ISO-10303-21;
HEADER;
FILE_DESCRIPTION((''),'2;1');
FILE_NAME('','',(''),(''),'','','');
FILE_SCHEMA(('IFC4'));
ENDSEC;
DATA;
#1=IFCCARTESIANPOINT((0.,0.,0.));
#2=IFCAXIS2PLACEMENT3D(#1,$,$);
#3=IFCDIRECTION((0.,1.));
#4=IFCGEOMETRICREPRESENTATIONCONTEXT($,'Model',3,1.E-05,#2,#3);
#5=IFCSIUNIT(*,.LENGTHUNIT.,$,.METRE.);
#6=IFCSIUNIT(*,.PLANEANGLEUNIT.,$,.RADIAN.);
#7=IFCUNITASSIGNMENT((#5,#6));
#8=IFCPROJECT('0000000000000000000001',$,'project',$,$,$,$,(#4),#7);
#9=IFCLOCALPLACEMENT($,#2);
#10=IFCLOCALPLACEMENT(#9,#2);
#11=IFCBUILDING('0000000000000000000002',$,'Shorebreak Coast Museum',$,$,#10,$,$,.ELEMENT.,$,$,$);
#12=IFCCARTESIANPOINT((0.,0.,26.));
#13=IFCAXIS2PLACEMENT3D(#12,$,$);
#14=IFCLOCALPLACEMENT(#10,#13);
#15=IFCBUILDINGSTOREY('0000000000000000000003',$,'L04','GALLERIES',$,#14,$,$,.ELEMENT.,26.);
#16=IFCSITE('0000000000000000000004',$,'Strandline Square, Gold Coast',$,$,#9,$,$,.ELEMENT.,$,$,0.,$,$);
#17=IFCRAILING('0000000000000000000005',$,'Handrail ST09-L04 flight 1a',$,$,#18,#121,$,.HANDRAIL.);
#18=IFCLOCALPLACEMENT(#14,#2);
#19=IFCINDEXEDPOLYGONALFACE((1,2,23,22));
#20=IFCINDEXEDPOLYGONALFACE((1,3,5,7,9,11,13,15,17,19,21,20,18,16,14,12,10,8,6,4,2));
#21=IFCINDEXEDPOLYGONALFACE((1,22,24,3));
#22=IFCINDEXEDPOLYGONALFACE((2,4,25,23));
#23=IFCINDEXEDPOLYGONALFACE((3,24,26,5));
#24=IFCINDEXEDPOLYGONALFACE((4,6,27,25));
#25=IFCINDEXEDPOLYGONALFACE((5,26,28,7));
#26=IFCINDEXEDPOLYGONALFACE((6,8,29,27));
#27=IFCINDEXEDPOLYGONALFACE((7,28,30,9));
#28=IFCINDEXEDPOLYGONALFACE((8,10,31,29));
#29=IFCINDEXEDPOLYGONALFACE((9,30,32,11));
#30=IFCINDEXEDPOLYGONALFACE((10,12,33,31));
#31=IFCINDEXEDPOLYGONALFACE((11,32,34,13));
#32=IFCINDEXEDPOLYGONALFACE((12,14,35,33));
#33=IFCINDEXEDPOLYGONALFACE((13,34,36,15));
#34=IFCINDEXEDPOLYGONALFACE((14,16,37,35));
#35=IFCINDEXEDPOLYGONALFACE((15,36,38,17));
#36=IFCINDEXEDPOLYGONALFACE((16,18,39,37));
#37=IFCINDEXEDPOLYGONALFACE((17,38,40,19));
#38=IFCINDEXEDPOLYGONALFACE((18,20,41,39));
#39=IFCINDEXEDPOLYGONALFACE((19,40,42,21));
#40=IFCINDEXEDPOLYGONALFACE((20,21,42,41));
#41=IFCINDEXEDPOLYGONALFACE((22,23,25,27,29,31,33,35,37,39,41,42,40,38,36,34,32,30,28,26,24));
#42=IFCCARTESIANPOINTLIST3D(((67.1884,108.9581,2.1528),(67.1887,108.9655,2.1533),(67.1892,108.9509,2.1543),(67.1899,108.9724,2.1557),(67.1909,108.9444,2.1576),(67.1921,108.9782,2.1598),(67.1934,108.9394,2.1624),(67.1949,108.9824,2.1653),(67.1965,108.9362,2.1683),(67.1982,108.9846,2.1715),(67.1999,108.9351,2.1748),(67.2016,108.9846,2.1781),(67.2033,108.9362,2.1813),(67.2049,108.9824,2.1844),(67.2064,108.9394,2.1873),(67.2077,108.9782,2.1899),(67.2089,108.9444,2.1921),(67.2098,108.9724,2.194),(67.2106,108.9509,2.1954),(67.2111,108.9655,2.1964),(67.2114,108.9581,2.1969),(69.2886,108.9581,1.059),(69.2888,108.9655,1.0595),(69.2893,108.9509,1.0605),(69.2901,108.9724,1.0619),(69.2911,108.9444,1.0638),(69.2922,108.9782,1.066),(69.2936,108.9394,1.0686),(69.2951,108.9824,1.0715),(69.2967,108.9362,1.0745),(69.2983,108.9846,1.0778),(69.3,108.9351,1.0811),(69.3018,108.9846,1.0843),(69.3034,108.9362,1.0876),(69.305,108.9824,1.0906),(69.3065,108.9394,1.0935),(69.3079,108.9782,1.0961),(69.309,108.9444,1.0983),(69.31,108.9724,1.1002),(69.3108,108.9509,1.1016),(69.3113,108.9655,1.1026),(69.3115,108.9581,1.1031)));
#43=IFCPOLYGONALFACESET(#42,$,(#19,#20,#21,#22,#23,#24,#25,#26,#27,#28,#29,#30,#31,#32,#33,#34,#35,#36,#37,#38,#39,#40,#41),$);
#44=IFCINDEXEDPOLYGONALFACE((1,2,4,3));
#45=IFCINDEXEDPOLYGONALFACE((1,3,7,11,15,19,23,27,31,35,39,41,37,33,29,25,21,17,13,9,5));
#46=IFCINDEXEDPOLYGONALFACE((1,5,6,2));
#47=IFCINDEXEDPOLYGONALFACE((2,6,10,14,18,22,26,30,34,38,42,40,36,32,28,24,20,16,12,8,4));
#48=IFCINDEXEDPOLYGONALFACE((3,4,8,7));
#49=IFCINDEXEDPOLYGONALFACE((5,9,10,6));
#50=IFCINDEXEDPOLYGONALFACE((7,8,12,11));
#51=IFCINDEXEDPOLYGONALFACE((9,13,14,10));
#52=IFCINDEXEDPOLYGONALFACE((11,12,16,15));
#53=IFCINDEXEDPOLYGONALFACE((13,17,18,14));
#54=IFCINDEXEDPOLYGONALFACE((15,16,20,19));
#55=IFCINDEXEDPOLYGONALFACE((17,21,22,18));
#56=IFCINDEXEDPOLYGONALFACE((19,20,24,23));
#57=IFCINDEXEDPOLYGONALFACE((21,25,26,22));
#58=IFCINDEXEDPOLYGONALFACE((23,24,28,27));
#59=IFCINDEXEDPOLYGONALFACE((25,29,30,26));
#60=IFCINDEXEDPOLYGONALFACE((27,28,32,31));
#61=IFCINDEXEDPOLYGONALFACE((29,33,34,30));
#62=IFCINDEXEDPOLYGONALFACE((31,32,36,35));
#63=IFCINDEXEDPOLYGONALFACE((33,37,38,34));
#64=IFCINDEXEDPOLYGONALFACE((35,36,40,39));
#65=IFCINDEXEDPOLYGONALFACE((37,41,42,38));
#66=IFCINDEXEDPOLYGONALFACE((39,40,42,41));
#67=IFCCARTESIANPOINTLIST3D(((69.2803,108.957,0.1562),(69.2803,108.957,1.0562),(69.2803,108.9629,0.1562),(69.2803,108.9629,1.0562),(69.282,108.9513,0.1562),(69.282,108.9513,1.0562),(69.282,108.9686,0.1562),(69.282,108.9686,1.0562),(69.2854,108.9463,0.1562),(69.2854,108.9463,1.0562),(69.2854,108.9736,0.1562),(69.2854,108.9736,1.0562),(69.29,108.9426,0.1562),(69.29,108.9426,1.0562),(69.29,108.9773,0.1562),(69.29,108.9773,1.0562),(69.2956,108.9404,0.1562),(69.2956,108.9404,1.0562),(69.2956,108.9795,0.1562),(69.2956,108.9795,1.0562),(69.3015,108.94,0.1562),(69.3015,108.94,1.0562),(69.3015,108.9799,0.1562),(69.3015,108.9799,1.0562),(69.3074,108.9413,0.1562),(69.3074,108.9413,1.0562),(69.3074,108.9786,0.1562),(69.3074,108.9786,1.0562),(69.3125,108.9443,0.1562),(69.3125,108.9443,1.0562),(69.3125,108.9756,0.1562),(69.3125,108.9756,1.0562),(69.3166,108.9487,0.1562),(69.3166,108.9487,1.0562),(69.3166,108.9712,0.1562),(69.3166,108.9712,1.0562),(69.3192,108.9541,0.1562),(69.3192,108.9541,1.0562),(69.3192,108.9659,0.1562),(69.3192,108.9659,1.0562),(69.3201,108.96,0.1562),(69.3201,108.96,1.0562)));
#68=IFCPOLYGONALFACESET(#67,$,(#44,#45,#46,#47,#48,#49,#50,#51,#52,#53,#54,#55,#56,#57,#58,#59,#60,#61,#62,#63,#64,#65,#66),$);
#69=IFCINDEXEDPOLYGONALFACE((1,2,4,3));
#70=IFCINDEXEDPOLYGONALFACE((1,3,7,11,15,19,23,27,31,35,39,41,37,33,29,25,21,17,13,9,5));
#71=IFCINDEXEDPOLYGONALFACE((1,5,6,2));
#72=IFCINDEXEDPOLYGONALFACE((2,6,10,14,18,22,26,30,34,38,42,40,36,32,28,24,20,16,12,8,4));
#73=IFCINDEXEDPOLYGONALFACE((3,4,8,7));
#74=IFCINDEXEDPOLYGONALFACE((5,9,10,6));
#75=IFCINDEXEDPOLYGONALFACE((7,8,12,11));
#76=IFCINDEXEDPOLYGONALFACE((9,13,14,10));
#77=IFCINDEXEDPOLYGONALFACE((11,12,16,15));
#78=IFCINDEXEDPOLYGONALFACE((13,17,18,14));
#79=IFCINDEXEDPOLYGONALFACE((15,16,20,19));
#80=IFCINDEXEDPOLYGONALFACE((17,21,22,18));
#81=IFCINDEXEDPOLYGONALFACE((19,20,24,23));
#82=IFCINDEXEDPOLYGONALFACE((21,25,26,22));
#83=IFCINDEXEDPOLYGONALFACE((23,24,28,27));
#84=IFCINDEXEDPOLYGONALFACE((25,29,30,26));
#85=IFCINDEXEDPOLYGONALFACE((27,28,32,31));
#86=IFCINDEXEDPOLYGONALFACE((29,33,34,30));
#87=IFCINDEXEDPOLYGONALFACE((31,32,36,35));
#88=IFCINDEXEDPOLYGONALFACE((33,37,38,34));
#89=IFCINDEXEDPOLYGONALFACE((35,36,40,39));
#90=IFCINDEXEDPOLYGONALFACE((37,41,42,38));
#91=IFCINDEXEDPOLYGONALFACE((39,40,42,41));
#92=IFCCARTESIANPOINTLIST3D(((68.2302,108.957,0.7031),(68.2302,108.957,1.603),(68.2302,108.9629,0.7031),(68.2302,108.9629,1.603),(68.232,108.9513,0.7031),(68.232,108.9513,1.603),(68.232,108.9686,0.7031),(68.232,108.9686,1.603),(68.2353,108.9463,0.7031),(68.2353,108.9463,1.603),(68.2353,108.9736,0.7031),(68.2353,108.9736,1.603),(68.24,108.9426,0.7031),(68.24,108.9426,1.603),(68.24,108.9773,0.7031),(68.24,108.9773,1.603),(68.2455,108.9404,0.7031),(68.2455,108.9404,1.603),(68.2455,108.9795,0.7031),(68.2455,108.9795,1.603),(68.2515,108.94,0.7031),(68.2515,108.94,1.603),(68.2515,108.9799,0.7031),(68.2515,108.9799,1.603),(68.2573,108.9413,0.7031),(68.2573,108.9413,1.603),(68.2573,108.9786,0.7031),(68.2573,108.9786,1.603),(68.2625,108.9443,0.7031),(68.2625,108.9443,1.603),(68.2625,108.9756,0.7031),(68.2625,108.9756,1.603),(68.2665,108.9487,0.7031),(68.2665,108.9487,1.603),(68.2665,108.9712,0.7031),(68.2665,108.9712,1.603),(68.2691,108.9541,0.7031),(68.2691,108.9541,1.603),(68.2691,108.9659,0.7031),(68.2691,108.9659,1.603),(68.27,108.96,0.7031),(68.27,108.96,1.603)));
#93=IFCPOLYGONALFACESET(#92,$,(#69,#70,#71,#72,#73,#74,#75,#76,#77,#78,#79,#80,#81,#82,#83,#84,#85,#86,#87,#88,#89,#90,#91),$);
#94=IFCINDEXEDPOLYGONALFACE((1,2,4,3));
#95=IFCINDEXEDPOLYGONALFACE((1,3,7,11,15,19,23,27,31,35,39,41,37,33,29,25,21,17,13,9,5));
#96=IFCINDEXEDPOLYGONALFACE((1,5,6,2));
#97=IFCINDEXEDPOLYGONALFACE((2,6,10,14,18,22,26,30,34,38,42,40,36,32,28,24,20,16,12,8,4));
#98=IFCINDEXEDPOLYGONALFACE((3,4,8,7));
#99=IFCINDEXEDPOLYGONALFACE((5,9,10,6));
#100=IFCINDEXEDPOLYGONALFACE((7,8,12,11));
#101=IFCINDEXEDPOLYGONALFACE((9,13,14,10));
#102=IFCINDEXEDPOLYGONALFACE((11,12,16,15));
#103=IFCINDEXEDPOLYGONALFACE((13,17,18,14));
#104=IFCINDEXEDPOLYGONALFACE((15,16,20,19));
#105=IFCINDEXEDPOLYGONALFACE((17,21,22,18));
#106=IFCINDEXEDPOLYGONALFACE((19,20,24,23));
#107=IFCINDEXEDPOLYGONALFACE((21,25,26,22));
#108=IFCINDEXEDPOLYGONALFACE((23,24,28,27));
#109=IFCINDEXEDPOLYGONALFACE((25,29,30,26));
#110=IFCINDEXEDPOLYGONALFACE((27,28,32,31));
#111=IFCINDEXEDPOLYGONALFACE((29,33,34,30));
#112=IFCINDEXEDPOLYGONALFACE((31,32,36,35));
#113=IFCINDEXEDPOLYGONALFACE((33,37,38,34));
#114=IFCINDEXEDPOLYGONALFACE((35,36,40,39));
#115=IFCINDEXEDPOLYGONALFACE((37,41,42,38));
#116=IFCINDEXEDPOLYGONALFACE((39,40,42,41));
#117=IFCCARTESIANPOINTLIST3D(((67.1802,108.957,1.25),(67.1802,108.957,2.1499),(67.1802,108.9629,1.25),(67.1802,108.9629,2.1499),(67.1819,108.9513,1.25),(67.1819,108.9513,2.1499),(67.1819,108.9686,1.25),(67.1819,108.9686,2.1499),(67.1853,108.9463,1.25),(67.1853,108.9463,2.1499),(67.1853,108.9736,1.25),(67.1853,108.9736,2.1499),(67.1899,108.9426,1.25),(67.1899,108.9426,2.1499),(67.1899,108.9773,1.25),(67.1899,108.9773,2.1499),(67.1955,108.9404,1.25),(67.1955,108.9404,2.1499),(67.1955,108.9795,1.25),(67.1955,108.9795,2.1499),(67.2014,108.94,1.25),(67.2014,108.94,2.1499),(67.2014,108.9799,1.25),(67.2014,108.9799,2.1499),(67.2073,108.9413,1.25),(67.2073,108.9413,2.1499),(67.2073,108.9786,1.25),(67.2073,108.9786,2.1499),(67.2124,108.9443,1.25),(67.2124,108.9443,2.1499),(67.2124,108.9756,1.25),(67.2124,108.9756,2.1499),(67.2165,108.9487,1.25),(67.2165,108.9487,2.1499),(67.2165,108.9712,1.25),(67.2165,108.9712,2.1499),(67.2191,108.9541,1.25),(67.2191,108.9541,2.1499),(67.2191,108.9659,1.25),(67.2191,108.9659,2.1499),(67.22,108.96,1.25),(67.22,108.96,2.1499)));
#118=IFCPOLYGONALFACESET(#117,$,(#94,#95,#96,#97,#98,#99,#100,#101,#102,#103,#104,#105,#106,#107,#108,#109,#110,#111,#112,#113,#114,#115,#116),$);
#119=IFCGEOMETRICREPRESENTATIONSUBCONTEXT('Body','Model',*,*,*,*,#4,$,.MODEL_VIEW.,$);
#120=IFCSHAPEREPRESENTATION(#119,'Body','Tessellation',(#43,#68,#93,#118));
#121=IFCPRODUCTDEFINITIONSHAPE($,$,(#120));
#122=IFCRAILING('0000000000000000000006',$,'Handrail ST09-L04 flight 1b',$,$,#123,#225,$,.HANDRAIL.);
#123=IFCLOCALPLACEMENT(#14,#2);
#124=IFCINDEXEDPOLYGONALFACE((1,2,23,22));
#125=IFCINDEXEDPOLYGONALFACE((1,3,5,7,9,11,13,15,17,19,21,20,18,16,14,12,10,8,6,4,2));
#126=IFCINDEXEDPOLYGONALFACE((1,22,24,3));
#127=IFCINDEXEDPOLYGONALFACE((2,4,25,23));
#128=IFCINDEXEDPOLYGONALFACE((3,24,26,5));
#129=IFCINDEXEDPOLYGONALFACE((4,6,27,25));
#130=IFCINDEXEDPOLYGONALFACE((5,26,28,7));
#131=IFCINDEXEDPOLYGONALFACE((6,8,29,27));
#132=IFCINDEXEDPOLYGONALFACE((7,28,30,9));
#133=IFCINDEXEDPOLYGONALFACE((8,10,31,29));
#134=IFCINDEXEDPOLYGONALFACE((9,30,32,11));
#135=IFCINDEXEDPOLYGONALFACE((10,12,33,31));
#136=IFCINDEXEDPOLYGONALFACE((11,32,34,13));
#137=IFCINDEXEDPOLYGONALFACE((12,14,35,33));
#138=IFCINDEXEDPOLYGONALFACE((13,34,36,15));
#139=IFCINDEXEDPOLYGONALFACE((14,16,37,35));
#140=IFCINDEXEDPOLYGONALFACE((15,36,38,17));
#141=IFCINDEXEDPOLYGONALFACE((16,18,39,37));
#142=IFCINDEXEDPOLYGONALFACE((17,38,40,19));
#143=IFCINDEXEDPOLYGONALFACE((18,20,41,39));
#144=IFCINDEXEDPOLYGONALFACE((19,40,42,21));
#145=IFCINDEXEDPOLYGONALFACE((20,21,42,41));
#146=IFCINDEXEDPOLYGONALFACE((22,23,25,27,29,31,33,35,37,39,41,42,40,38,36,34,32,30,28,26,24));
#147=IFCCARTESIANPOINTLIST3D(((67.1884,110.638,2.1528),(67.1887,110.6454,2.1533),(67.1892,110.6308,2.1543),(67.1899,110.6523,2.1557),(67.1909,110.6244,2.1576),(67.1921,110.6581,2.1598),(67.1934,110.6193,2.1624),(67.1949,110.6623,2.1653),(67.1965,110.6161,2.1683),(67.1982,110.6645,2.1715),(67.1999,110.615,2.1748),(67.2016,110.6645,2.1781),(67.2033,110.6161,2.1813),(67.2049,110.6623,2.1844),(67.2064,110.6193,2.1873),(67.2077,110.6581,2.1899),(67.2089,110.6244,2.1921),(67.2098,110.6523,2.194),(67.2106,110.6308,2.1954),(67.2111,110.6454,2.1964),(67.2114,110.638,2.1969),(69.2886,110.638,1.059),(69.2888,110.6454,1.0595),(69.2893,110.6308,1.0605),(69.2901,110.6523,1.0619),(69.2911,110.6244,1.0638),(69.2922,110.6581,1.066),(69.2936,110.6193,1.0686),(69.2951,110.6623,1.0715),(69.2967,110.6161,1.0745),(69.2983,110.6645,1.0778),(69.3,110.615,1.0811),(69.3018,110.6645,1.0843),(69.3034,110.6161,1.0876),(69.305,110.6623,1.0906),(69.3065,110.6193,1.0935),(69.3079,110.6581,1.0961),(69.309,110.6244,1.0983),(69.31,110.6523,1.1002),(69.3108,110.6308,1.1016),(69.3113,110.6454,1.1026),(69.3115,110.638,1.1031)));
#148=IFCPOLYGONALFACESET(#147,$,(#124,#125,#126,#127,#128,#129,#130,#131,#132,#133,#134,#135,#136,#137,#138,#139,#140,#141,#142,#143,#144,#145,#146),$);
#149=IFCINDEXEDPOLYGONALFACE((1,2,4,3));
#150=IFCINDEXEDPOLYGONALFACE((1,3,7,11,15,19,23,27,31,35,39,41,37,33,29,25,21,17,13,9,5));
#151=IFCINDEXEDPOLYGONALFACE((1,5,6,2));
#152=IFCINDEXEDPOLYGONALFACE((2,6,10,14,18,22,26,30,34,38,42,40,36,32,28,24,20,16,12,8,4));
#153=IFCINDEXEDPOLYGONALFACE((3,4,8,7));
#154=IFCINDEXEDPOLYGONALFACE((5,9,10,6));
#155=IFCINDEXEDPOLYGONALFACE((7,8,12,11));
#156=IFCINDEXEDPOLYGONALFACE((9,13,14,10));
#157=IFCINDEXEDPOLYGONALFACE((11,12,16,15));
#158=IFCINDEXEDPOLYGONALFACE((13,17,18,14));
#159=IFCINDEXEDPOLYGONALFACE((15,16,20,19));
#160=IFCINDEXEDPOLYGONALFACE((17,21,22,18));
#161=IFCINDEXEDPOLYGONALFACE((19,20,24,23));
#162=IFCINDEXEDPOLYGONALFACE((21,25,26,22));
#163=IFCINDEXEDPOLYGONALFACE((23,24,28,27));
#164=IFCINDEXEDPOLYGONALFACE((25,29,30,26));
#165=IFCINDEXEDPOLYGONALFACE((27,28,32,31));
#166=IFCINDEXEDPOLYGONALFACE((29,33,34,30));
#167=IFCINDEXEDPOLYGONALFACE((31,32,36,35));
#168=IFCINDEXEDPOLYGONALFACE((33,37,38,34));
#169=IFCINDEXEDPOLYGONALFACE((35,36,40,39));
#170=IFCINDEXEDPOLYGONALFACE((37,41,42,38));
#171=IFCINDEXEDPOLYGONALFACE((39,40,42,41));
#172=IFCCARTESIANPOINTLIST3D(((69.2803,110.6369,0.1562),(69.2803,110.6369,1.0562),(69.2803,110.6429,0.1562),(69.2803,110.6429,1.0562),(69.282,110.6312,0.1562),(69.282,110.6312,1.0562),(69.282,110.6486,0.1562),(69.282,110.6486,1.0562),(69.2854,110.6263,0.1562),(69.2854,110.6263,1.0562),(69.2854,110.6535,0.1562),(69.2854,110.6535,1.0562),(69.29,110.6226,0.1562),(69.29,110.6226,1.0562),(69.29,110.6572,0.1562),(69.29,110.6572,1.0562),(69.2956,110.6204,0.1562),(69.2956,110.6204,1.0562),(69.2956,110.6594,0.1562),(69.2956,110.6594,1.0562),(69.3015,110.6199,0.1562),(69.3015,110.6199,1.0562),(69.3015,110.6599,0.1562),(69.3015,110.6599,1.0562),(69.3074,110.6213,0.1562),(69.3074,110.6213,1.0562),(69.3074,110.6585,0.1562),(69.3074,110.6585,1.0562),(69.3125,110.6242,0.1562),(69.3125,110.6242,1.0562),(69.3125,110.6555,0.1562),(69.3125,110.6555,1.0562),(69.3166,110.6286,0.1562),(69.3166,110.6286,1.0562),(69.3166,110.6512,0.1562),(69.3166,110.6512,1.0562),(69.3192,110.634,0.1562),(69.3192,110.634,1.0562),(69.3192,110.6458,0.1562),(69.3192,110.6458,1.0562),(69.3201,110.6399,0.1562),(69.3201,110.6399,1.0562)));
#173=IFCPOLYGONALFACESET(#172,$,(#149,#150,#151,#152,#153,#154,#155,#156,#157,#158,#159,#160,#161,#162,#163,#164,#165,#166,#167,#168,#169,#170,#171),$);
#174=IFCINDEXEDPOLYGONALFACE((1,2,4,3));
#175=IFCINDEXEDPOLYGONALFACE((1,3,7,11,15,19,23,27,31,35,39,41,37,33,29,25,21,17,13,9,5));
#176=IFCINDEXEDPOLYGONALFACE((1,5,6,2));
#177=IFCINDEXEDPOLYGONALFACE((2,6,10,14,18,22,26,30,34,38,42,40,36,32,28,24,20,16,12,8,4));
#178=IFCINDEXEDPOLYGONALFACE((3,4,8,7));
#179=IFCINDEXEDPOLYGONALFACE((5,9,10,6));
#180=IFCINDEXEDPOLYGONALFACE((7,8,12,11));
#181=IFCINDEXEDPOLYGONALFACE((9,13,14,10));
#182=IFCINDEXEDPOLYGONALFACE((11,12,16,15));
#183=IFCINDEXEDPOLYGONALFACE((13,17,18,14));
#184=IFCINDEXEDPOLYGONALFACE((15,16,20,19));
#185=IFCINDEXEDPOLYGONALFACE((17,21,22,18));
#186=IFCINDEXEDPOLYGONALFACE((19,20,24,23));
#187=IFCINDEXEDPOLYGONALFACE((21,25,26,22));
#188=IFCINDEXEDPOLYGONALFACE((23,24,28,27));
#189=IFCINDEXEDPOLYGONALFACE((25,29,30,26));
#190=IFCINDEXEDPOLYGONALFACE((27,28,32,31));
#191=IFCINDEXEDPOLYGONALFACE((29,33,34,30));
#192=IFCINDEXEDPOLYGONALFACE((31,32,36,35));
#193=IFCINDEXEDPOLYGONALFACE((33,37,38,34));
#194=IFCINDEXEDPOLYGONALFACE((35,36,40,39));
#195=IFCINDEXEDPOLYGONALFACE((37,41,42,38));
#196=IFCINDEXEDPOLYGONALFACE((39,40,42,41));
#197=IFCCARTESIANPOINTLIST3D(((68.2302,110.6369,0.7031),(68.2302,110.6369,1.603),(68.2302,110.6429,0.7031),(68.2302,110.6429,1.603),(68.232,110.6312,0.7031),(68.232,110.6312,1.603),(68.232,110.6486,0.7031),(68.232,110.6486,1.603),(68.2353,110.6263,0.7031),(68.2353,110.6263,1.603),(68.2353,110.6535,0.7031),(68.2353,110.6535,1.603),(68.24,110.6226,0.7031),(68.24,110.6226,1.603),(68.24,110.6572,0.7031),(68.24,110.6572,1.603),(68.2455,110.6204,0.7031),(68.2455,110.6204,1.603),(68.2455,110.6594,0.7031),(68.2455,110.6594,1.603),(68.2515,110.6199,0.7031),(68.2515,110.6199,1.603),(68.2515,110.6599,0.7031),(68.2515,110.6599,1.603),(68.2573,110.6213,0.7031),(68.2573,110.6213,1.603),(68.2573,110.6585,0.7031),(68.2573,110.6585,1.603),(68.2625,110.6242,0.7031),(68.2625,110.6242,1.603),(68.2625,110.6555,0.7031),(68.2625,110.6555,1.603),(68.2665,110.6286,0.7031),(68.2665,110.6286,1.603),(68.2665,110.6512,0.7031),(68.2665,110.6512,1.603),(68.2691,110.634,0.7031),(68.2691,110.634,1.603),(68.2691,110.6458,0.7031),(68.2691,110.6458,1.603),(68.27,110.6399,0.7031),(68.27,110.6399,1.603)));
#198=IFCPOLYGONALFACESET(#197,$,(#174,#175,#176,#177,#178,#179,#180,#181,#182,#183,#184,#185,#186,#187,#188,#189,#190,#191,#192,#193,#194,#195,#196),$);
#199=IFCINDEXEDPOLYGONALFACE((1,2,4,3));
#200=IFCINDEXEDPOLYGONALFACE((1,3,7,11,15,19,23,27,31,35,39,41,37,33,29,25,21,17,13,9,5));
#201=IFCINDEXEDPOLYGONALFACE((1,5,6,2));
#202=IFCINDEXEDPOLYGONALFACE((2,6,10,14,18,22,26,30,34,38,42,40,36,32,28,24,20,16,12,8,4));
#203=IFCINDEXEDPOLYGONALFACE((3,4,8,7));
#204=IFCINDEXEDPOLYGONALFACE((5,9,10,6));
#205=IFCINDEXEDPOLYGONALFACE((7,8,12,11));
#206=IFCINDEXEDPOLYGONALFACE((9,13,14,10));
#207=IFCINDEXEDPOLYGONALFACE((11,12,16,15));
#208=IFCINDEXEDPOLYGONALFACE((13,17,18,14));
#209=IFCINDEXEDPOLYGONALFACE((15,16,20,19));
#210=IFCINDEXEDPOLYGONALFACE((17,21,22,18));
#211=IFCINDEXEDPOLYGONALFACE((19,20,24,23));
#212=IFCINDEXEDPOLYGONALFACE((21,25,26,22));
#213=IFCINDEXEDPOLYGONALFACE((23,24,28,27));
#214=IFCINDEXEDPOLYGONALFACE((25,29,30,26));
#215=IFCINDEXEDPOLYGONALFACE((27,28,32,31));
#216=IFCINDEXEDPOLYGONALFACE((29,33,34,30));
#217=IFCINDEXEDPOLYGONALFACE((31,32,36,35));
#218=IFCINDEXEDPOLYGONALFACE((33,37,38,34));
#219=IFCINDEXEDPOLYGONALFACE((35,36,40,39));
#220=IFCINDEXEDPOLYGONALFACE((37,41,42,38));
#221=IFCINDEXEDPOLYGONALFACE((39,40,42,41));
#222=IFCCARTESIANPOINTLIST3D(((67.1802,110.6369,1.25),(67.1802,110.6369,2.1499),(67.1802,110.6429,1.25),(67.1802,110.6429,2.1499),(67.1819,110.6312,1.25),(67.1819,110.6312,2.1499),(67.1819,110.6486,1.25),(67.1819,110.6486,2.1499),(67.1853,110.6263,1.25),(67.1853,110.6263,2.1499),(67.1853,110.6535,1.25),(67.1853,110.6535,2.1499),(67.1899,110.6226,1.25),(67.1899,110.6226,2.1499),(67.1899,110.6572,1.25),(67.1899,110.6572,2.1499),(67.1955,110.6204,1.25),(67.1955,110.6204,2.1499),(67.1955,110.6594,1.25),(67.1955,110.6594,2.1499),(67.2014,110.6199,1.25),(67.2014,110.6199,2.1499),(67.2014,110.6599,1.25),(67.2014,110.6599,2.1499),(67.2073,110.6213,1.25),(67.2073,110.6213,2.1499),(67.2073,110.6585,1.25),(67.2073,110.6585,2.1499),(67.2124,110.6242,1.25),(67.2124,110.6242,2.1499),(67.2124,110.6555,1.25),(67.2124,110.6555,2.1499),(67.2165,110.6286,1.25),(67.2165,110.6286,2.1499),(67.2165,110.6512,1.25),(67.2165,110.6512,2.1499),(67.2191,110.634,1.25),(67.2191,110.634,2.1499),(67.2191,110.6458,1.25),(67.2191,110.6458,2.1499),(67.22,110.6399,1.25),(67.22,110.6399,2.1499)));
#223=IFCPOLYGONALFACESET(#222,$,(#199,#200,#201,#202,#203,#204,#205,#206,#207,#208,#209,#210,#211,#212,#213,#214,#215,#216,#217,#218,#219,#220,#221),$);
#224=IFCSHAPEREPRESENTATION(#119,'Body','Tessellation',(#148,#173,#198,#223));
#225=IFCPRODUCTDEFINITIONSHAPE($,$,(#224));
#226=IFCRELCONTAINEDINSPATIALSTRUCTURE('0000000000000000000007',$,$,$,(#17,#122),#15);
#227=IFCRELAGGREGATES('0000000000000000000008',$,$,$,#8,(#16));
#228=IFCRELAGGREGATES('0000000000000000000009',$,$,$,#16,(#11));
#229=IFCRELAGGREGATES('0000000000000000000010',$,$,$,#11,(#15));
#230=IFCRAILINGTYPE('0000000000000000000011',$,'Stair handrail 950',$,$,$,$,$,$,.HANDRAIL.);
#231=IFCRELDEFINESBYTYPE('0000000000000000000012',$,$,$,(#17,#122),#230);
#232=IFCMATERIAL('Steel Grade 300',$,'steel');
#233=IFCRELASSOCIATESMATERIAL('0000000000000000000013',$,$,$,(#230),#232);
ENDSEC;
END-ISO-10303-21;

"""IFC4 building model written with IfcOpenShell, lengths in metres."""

from ifc_helpers import new_model, si_unit, direction, frame, origin, origin_2d, place, context, subcontext, project, spatial, circle, extrude, material, type_object, element, save


model = new_model("IFC4")

# Units and contexts
model_context = context("Model", 3, precision=1e-05, world=origin(), true_north=direction((0.0, 1.0)))
body_context = subcontext(model_context, "Body", "Model", "MODEL_VIEW")
ifc_project = project(units=[si_unit("LENGTHUNIT", "METRE"), si_unit("PLANEANGLEUNIT", "RADIAN")], contexts=[model_context])

# Site, building, storey
site_placement = place(None, origin())
site = spatial("IfcSite", under=ifc_project, at=site_placement, Name="Strandline Square, Gold Coast", CompositionType="ELEMENT", RefElevation=0.0)
building_placement = place(site_placement, origin())
building = spatial("IfcBuilding", under=site, at=building_placement, Name="Shorebreak Coast Museum", CompositionType="ELEMENT")
storey_placement = place(building_placement, frame((0.0, 0.0, 26.0)))
storey = spatial("IfcBuildingStorey", under=building, at=storey_placement, Name="L04", Description="GALLERIES", CompositionType="ELEMENT", Elevation=26.0)

# Railings
ifc_material_1 = material(Name="Steel Grade 300", Category="steel")
railing_type_1 = type_object("IfcRailingType", Name="Stair handrail 950", PredefinedType="HANDRAIL", material=ifc_material_1)
for number, where, name in (
    (1, (69.3, 108.96, 0.1562), "Handrail ST09-L04 flight 1a"),
    (2, (69.3, 110.6399, 0.1562), "Handrail ST09-L04 flight 1b"),
):
    element("IfcRailing", number, at=place(storey_placement, frame(where)), inside=storey, type_object=railing_type_1, Name=name, PredefinedType="HANDRAIL", context=body_context, shape_type="SweptSolid", body=[
        extrude(circle(Radius=0.0249, at=origin_2d()), frame((0.0, 0.0, 0.9248), z_axis=(-0.886923, 0.0, 0.461918), x_axis=(0.0, -1.0, 0.0)), (0.0, 0.0, 1.0), 2.3679),
        extrude(circle(Radius=0.02, at=origin_2d()), origin(), (0.0, 0.0, 1.0), 0.8999),
        extrude(circle(Radius=0.02, at=origin_2d()), frame((-1.05, 0.0, 0.5469)), (0.0, 0.0, 1.0), 0.8999),
        extrude(circle(Radius=0.02, at=origin_2d()), frame((-2.1001, 0.0, 1.0938)), (0.0, 0.0, 1.0), 0.8999),
    ])

save(model, "model.ifc")
